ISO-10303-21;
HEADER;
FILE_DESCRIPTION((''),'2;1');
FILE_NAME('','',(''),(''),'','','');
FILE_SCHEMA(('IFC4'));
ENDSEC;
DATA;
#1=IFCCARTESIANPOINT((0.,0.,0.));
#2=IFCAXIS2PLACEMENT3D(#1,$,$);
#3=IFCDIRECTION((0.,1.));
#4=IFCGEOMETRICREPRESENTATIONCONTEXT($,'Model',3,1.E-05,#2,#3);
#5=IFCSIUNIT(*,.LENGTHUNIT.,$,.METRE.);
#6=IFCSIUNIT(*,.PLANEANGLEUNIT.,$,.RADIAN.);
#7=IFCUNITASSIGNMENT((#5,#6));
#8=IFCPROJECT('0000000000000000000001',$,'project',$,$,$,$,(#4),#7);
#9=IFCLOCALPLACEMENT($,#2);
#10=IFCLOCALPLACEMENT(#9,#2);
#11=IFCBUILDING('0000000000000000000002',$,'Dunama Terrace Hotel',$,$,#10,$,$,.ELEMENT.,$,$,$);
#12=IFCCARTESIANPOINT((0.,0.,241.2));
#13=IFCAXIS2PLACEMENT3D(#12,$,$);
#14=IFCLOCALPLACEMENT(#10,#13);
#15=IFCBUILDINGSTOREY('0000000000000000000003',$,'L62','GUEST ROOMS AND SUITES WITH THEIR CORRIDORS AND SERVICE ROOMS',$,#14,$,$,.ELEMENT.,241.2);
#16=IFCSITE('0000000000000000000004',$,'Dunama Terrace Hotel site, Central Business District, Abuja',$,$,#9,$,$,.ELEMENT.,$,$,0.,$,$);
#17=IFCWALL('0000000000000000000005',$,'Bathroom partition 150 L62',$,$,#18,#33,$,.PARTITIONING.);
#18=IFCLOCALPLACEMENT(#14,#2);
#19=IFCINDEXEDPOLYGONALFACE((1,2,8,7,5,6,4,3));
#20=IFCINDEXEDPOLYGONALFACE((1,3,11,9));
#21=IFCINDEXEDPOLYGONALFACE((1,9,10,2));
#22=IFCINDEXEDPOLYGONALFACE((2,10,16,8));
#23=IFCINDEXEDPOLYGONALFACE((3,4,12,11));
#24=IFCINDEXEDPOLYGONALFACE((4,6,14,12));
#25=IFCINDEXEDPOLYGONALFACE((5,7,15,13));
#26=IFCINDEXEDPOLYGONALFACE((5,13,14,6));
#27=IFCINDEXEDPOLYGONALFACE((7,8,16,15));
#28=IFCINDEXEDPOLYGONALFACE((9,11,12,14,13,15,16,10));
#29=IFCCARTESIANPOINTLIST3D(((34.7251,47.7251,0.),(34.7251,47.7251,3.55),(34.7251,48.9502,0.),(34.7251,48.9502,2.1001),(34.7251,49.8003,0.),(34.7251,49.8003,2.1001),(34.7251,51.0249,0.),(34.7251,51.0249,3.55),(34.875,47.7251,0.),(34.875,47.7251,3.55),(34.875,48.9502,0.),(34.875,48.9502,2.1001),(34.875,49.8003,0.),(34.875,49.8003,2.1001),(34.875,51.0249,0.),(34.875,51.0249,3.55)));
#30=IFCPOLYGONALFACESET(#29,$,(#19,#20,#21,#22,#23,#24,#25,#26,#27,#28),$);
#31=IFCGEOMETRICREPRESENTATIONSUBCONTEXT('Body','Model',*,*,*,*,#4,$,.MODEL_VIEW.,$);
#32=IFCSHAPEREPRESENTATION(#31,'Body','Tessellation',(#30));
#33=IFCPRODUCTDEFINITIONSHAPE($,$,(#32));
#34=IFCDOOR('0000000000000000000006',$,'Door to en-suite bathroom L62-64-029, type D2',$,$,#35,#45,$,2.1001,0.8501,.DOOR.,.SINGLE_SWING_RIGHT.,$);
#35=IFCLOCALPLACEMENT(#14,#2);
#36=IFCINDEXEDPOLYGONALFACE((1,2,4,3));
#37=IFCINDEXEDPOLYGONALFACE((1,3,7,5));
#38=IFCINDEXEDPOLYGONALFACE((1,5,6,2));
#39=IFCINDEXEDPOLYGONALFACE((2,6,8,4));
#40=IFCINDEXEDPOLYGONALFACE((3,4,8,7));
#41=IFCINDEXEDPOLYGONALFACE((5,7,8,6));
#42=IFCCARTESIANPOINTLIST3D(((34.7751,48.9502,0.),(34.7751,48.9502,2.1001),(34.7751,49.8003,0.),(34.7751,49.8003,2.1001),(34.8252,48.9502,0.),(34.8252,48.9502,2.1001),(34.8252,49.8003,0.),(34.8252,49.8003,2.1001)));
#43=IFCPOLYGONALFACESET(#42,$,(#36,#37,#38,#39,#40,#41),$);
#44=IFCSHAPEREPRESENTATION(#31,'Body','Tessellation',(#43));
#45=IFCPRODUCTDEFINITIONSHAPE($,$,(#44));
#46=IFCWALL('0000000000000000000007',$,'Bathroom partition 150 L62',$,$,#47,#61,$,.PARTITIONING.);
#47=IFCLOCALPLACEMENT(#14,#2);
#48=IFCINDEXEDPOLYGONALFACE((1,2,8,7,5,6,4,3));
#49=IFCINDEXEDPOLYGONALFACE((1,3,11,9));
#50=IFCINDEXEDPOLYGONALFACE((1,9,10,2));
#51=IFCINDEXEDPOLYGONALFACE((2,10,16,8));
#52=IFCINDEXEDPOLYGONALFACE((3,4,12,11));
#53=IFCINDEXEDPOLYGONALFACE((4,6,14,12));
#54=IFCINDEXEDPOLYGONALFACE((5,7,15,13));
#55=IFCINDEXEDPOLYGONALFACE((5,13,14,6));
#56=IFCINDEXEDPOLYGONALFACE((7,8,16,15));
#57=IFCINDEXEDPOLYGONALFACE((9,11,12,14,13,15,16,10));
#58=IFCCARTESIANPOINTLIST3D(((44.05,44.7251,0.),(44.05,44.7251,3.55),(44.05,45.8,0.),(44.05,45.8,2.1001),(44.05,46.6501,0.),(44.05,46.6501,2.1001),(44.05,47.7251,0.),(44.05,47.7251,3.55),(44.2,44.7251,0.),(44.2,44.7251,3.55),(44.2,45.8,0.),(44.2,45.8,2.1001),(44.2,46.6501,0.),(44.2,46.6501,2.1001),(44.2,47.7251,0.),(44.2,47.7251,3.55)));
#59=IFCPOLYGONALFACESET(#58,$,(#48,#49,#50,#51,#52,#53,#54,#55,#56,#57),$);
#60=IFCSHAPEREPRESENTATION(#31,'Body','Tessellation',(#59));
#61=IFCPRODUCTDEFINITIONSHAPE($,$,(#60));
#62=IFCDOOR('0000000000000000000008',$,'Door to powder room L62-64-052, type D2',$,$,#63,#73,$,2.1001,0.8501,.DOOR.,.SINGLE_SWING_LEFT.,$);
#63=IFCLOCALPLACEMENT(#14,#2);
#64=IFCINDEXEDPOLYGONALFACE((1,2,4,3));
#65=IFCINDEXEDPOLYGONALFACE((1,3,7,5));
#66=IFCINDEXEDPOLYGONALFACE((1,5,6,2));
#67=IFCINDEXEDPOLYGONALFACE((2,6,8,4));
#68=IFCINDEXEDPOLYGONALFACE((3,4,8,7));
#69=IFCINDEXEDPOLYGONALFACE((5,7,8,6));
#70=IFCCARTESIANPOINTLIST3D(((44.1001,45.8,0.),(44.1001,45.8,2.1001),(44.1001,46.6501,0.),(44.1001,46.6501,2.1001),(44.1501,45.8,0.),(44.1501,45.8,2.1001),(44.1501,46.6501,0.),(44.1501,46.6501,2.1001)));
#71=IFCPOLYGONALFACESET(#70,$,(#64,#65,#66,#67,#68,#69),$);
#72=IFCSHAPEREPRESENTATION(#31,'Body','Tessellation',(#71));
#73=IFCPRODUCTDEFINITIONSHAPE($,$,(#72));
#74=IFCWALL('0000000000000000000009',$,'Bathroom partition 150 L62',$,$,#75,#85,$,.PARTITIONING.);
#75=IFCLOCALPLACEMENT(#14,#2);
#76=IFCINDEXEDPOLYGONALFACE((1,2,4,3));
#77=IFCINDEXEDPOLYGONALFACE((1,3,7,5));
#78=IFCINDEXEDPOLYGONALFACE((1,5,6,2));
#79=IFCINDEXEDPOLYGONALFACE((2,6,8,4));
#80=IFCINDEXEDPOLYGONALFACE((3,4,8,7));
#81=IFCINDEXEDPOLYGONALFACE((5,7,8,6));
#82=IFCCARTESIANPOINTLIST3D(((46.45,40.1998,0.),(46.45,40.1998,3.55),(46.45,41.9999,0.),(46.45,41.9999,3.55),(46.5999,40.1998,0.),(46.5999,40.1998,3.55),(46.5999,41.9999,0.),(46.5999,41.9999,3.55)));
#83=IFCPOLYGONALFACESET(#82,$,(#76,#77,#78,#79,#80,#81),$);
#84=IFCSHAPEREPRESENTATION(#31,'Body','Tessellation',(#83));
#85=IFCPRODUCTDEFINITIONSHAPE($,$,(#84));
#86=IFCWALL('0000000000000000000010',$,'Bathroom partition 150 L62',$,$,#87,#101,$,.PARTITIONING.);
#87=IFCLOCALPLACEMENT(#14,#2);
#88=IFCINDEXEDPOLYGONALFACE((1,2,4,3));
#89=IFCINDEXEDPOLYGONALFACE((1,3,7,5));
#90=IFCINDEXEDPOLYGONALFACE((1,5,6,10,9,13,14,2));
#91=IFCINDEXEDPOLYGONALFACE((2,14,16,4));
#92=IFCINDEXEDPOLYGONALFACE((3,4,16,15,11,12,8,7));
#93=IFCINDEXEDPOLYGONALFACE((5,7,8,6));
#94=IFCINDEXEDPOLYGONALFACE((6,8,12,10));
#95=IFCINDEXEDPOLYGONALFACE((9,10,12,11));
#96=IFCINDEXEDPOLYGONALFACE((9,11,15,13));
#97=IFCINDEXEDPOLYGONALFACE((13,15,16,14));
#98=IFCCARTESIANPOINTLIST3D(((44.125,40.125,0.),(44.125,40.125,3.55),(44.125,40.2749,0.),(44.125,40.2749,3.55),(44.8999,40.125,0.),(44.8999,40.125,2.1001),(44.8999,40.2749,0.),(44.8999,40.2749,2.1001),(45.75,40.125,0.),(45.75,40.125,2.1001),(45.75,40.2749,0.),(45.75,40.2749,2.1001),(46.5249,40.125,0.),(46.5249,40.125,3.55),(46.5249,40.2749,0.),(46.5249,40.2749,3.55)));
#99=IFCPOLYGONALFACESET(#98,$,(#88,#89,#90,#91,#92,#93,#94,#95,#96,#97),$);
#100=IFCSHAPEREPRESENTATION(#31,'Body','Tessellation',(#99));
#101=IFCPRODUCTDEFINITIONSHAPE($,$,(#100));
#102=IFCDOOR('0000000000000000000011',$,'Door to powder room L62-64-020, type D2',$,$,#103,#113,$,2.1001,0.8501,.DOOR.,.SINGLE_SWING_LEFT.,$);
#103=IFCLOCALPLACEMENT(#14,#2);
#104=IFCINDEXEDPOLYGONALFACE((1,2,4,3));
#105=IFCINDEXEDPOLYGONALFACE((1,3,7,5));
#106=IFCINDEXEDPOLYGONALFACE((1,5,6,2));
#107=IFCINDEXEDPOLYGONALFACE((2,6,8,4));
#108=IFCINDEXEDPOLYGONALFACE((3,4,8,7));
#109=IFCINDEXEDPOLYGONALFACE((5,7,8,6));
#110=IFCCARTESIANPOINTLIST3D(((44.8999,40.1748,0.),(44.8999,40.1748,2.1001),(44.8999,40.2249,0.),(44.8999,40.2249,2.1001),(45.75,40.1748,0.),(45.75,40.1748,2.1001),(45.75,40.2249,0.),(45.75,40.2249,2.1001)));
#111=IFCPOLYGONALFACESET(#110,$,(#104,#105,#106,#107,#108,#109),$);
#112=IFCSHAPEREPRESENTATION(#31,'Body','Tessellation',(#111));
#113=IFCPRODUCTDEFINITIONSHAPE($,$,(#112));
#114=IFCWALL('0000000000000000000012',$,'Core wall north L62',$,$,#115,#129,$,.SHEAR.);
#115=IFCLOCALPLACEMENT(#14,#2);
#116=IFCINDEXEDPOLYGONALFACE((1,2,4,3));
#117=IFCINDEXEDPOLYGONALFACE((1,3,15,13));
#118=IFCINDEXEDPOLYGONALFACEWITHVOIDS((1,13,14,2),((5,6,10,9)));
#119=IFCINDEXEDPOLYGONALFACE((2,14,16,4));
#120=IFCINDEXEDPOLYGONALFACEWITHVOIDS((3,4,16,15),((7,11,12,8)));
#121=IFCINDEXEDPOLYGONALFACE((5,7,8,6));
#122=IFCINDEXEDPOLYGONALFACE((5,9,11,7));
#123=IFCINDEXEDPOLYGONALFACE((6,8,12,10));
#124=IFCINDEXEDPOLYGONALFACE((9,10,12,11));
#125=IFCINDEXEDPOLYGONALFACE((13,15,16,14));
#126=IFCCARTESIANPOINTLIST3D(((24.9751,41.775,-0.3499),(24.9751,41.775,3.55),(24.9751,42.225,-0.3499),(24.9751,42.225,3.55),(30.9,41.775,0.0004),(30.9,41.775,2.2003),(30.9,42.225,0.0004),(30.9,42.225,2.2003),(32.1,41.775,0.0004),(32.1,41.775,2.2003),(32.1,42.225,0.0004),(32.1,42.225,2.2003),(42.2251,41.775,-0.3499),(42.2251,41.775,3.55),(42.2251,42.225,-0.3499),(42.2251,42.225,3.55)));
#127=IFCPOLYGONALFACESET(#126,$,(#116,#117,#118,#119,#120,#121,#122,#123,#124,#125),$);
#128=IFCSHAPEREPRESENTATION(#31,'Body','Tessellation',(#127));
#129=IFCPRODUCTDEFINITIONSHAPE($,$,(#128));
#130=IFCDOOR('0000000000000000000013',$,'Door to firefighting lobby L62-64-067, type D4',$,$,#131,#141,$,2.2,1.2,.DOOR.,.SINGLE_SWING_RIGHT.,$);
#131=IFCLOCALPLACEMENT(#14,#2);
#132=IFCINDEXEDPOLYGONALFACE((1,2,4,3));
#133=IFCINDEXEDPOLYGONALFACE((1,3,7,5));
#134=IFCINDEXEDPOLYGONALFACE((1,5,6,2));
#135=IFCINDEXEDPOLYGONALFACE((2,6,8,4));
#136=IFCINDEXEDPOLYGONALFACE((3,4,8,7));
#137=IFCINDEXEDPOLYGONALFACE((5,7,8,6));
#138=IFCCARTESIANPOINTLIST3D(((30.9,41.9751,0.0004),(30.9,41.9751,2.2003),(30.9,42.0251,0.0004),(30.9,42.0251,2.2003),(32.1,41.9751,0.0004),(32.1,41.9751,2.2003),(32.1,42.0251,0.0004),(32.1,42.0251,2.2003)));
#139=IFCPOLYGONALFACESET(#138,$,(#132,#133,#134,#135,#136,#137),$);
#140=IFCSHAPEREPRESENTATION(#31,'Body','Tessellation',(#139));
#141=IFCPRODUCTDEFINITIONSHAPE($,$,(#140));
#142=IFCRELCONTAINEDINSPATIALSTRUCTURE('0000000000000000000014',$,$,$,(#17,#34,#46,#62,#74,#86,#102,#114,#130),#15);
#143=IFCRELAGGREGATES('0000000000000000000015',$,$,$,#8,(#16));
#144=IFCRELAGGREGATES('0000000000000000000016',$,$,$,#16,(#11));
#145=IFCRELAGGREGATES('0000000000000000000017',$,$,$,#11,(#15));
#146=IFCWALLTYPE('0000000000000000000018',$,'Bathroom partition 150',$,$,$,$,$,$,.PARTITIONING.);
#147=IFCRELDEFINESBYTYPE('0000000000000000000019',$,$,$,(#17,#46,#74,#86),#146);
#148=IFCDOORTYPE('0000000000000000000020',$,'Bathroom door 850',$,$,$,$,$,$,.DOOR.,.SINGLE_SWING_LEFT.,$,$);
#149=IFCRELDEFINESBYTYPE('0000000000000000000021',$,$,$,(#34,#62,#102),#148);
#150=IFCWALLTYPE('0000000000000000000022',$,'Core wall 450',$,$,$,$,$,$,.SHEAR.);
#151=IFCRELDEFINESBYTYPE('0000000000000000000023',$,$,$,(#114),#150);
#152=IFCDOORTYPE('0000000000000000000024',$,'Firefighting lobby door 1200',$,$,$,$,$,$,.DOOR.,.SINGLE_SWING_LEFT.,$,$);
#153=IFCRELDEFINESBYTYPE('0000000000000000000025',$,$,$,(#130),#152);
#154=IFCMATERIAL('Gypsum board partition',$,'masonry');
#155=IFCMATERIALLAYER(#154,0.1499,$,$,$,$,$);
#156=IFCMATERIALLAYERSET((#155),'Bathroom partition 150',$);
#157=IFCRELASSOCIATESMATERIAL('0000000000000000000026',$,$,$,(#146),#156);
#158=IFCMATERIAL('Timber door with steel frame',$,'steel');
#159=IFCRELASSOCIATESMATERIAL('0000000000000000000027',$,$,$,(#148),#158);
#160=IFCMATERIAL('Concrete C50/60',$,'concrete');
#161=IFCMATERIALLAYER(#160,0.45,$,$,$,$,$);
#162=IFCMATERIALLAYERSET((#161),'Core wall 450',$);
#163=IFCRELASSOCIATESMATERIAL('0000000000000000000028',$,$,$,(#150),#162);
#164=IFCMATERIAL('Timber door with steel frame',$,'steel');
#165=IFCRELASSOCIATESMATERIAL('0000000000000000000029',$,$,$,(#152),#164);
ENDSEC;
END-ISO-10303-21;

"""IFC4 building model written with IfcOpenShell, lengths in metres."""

from ifc_helpers import new_model, si_unit, direction, frame, frame_2d, origin, place, context, subcontext, project, spatial, rectangle, extrude, material, layer, layer_set, type_object, element, fill, save


model = new_model("IFC4")

# Units and contexts
model_context = context("Model", 3, precision=1e-05, world=origin(), true_north=direction((0.0, 1.0)))
body_context = subcontext(model_context, "Body", "Model", "MODEL_VIEW")
ifc_project = project(units=[si_unit("LENGTHUNIT", "METRE"), si_unit("PLANEANGLEUNIT", "RADIAN")], contexts=[model_context])

# Site, building, storey
site_placement = place(None, origin())
site = spatial("IfcSite", under=ifc_project, at=site_placement, Name="Dunama Terrace Hotel site, Central Business District, Abuja", CompositionType="ELEMENT", RefElevation=0.0)
building_placement = place(site_placement, origin())
building = spatial("IfcBuilding", under=site, at=building_placement, Name="Dunama Terrace Hotel", CompositionType="ELEMENT")
storey_placement = place(building_placement, frame((0.0, 0.0, 241.2)))
storey = spatial("IfcBuildingStorey", under=building, at=storey_placement, Name="L62", Description="GUEST ROOMS AND SUITES WITH THEIR CORRIDORS AND SERVICE ROOMS", CompositionType="ELEMENT", Elevation=241.2)

# Walls, openings, doors
ifc_material_1 = material(Name="Gypsum board partition", Category="masonry")
ifc_layer_1 = layer(ifc_material_1, 0.1499)
ifc_layer_set_1 = layer_set([ifc_layer_1], Name="Bathroom partition 150")
wall_type_1 = type_object("IfcWallType", Name="Bathroom partition 150", PredefinedType="PARTITIONING", material=ifc_layer_set_1)
wall_1_placement = place(storey_placement, frame((34.8, 47.7251, 0.0), z_axis=(0.0, 0.0, 1.0), x_axis=(0.0, 1.0, 0.0)))
wall_1 = element("IfcWall", 1, at=wall_1_placement, inside=storey, type_object=wall_type_1, Name="Bathroom partition 150 L62", PredefinedType="PARTITIONING", context=body_context, shape_type="SweptSolid", body=[
    extrude(rectangle(XDim=3.2998, YDim=0.1499, at=frame_2d((1.6499, 0.0))), origin(), (0.0, 0.0, 1.0), 3.55),
])
opening_1_placement = place(wall_1_placement, frame((1.2251, 0.0, 0.0)))
opening_1 = element("IfcOpeningElement", 2, at=opening_1_placement, cuts=wall_1, PredefinedType="OPENING", context=body_context, shape_type="SweptSolid", body=[
    extrude(rectangle(XDim=0.8501, YDim=2.1001, at=frame_2d((0.425, 1.05))), frame((0.0, 0.085, 0.0), z_axis=(0.0, -1.0, 0.0), x_axis=(1.0, 0.0, 0.0)), (0.0, 0.0, 1.0), 0.1699),
])
ifc_material_2 = material(Name="Timber door with steel frame", Category="steel")
door_type_1 = type_object("IfcDoorType", Name="Bathroom door 850", OperationType="SINGLE_SWING_LEFT", PredefinedType="DOOR", material=ifc_material_2)
door_1_placement = place(opening_1_placement, frame((0.8501, 0.0, 0.0), z_axis=(0.0, 0.0, 1.0), x_axis=(-1.0, 0.0, 0.0)))
door_1 = element("IfcDoor", 3, at=door_1_placement, inside=storey, type_object=door_type_1, Name="Door to en-suite bathroom L62-64-029, type D2", OperationType="SINGLE_SWING_RIGHT", OverallHeight=2.1001, OverallWidth=0.8501, PredefinedType="DOOR", context=body_context, shape_type="SweptSolid", body=[
    extrude(rectangle(XDim=0.8501, YDim=2.1001, at=frame_2d((0.425, 1.05))), frame((0.0, 0.0251, 0.0), z_axis=(0.0, -1.0, 0.0), x_axis=(1.0, 0.0, 0.0)), (0.0, 0.0, 1.0), 0.05),
])
fill(opening_1, door_1)
wall_2_placement = place(storey_placement, frame((44.125, 44.7251, 0.0), z_axis=(0.0, 0.0, 1.0), x_axis=(0.0, 1.0, 0.0)))
wall_2 = element("IfcWall", 4, at=wall_2_placement, inside=storey, type_object=wall_type_1, Name="Bathroom partition 150 L62", PredefinedType="PARTITIONING", context=body_context, shape_type="SweptSolid", body=[
    extrude(rectangle(XDim=3.0, YDim=0.1499, at=frame_2d((1.5, 0.0))), origin(), (0.0, 0.0, 1.0), 3.55),
])
opening_2_placement = place(wall_2_placement, frame((1.075, 0.0, 0.0)))
opening_2 = element("IfcOpeningElement", 5, at=opening_2_placement, cuts=wall_2, PredefinedType="OPENING", context=body_context, shape_type="SweptSolid", body=[
    extrude(rectangle(XDim=0.8501, YDim=2.1001, at=frame_2d((0.425, 1.05))), frame((0.0, 0.085, 0.0), z_axis=(0.0, -1.0, 0.0), x_axis=(1.0, 0.0, 0.0)), (0.0, 0.0, 1.0), 0.1699),
])
door_2_placement = place(opening_2_placement, origin())
door_2 = element("IfcDoor", 6, at=door_2_placement, inside=storey, type_object=door_type_1, Name="Door to powder room L62-64-052, type D2", OperationType="SINGLE_SWING_LEFT", OverallHeight=2.1001, OverallWidth=0.8501, PredefinedType="DOOR", context=body_context, shape_type="SweptSolid", body=[
    extrude(rectangle(XDim=0.8501, YDim=2.1001, at=frame_2d((0.425, 1.05))), frame((0.0, 0.0249, 0.0), z_axis=(0.0, -1.0, 0.0), x_axis=(1.0, 0.0, 0.0)), (0.0, 0.0, 1.0), 0.05),
])
fill(opening_2, door_2)

# Wall
wall_3_placement = place(storey_placement, frame((46.5249, 40.2, 0.0), z_axis=(0.0, 0.0, 1.0), x_axis=(0.0, 1.0, 0.0)))
element("IfcWall", 7, at=wall_3_placement, inside=storey, type_object=wall_type_1, Name="Bathroom partition 150 L62", PredefinedType="PARTITIONING", context=body_context, shape_type="SweptSolid", body=[
    extrude(rectangle(XDim=1.8, YDim=0.1499, at=frame_2d((0.8999, 0.0))), origin(), (0.0, 0.0, 1.0), 3.55),
])

# Walls, openings, doors
wall_4_placement = place(storey_placement, frame((44.125, 40.2, 0.0), z_axis=(0.0, 0.0, 1.0), x_axis=(1.0, 0.0, 0.0)))
wall_4 = element("IfcWall", 8, at=wall_4_placement, inside=storey, type_object=wall_type_1, Name="Bathroom partition 150 L62", PredefinedType="PARTITIONING", context=body_context, shape_type="SweptSolid", body=[
    extrude(rectangle(XDim=2.3999, YDim=0.1499, at=frame_2d((1.2, 0.0))), origin(), (0.0, 0.0, 1.0), 3.55),
])
opening_3_placement = place(wall_4_placement, frame((0.7749, 0.0, 0.0)))
opening_3 = element("IfcOpeningElement", 9, at=opening_3_placement, cuts=wall_4, PredefinedType="OPENING", context=body_context, shape_type="SweptSolid", body=[
    extrude(rectangle(XDim=0.8501, YDim=2.1001, at=frame_2d((0.425, 1.05))), frame((0.0, 0.085, 0.0), z_axis=(0.0, -1.0, 0.0), x_axis=(1.0, 0.0, 0.0)), (0.0, 0.0, 1.0), 0.1699),
])
door_3_placement = place(opening_3_placement, origin())
door_3 = element("IfcDoor", 10, at=door_3_placement, inside=storey, type_object=door_type_1, Name="Door to powder room L62-64-020, type D2", OperationType="SINGLE_SWING_LEFT", OverallHeight=2.1001, OverallWidth=0.8501, PredefinedType="DOOR", context=body_context, shape_type="SweptSolid", body=[
    extrude(rectangle(XDim=0.8501, YDim=2.1001, at=frame_2d((0.425, 1.05))), frame((0.0, 0.0249, 0.0), z_axis=(0.0, -1.0, 0.0), x_axis=(1.0, 0.0, 0.0)), (0.0, 0.0, 1.0), 0.05),
])
fill(opening_3, door_3)
ifc_material_3 = material(Name="Concrete C50/60", Category="concrete")
ifc_layer_2 = layer(ifc_material_3, 0.45)
ifc_layer_set_2 = layer_set([ifc_layer_2], Name="Core wall 450")
wall_type_2 = type_object("IfcWallType", Name="Core wall 450", PredefinedType="SHEAR", material=ifc_layer_set_2)
wall_5_placement = place(storey_placement, frame((42.2251, 42.0, -0.3499), z_axis=(0.0, 0.0, 1.0), x_axis=(-1.0, 0.0, 0.0)))
wall_5 = element("IfcWall", 11, at=wall_5_placement, inside=storey, type_object=wall_type_2, Name="Core wall north L62", PredefinedType="SHEAR", context=body_context, shape_type="SweptSolid", body=[
    extrude(rectangle(XDim=17.25, YDim=0.45, at=frame_2d((8.625, 0.0))), origin(), (0.0, 0.0, 1.0), 3.8999),
])
opening_4_placement = place(wall_5_placement, frame((10.125, 0.0, 0.3501)))
opening_4 = element("IfcOpeningElement", 12, at=opening_4_placement, cuts=wall_5, PredefinedType="OPENING", context=body_context, shape_type="SweptSolid", body=[
    extrude(rectangle(XDim=1.2, YDim=2.2, at=frame_2d((0.6001, 1.1001))), frame((0.0, 0.2349, 0.0), z_axis=(0.0, -1.0, 0.0), x_axis=(1.0, 0.0, 0.0)), (0.0, 0.0, 1.0), 0.47),
])
ifc_material_4 = material(Name="Timber door with steel frame", Category="steel")
door_type_2 = type_object("IfcDoorType", Name="Firefighting lobby door 1200", OperationType="SINGLE_SWING_LEFT", PredefinedType="DOOR", material=ifc_material_4)
door_4_placement = place(opening_4_placement, origin())
door_4 = element("IfcDoor", 13, at=door_4_placement, inside=storey, type_object=door_type_2, Name="Door to firefighting lobby L62-64-067, type D4", OperationType="SINGLE_SWING_RIGHT", OverallHeight=2.2, OverallWidth=1.2, PredefinedType="DOOR", context=body_context, shape_type="SweptSolid", body=[
    extrude(rectangle(XDim=1.2, YDim=2.2, at=frame_2d((0.6001, 1.1001))), frame((0.0, 0.0249, 0.0), z_axis=(0.0, -1.0, 0.0), x_axis=(1.0, 0.0, 0.0)), (0.0, 0.0, 1.0), 0.05),
])
fill(opening_4, door_4)

save(model, "model.ifc")
